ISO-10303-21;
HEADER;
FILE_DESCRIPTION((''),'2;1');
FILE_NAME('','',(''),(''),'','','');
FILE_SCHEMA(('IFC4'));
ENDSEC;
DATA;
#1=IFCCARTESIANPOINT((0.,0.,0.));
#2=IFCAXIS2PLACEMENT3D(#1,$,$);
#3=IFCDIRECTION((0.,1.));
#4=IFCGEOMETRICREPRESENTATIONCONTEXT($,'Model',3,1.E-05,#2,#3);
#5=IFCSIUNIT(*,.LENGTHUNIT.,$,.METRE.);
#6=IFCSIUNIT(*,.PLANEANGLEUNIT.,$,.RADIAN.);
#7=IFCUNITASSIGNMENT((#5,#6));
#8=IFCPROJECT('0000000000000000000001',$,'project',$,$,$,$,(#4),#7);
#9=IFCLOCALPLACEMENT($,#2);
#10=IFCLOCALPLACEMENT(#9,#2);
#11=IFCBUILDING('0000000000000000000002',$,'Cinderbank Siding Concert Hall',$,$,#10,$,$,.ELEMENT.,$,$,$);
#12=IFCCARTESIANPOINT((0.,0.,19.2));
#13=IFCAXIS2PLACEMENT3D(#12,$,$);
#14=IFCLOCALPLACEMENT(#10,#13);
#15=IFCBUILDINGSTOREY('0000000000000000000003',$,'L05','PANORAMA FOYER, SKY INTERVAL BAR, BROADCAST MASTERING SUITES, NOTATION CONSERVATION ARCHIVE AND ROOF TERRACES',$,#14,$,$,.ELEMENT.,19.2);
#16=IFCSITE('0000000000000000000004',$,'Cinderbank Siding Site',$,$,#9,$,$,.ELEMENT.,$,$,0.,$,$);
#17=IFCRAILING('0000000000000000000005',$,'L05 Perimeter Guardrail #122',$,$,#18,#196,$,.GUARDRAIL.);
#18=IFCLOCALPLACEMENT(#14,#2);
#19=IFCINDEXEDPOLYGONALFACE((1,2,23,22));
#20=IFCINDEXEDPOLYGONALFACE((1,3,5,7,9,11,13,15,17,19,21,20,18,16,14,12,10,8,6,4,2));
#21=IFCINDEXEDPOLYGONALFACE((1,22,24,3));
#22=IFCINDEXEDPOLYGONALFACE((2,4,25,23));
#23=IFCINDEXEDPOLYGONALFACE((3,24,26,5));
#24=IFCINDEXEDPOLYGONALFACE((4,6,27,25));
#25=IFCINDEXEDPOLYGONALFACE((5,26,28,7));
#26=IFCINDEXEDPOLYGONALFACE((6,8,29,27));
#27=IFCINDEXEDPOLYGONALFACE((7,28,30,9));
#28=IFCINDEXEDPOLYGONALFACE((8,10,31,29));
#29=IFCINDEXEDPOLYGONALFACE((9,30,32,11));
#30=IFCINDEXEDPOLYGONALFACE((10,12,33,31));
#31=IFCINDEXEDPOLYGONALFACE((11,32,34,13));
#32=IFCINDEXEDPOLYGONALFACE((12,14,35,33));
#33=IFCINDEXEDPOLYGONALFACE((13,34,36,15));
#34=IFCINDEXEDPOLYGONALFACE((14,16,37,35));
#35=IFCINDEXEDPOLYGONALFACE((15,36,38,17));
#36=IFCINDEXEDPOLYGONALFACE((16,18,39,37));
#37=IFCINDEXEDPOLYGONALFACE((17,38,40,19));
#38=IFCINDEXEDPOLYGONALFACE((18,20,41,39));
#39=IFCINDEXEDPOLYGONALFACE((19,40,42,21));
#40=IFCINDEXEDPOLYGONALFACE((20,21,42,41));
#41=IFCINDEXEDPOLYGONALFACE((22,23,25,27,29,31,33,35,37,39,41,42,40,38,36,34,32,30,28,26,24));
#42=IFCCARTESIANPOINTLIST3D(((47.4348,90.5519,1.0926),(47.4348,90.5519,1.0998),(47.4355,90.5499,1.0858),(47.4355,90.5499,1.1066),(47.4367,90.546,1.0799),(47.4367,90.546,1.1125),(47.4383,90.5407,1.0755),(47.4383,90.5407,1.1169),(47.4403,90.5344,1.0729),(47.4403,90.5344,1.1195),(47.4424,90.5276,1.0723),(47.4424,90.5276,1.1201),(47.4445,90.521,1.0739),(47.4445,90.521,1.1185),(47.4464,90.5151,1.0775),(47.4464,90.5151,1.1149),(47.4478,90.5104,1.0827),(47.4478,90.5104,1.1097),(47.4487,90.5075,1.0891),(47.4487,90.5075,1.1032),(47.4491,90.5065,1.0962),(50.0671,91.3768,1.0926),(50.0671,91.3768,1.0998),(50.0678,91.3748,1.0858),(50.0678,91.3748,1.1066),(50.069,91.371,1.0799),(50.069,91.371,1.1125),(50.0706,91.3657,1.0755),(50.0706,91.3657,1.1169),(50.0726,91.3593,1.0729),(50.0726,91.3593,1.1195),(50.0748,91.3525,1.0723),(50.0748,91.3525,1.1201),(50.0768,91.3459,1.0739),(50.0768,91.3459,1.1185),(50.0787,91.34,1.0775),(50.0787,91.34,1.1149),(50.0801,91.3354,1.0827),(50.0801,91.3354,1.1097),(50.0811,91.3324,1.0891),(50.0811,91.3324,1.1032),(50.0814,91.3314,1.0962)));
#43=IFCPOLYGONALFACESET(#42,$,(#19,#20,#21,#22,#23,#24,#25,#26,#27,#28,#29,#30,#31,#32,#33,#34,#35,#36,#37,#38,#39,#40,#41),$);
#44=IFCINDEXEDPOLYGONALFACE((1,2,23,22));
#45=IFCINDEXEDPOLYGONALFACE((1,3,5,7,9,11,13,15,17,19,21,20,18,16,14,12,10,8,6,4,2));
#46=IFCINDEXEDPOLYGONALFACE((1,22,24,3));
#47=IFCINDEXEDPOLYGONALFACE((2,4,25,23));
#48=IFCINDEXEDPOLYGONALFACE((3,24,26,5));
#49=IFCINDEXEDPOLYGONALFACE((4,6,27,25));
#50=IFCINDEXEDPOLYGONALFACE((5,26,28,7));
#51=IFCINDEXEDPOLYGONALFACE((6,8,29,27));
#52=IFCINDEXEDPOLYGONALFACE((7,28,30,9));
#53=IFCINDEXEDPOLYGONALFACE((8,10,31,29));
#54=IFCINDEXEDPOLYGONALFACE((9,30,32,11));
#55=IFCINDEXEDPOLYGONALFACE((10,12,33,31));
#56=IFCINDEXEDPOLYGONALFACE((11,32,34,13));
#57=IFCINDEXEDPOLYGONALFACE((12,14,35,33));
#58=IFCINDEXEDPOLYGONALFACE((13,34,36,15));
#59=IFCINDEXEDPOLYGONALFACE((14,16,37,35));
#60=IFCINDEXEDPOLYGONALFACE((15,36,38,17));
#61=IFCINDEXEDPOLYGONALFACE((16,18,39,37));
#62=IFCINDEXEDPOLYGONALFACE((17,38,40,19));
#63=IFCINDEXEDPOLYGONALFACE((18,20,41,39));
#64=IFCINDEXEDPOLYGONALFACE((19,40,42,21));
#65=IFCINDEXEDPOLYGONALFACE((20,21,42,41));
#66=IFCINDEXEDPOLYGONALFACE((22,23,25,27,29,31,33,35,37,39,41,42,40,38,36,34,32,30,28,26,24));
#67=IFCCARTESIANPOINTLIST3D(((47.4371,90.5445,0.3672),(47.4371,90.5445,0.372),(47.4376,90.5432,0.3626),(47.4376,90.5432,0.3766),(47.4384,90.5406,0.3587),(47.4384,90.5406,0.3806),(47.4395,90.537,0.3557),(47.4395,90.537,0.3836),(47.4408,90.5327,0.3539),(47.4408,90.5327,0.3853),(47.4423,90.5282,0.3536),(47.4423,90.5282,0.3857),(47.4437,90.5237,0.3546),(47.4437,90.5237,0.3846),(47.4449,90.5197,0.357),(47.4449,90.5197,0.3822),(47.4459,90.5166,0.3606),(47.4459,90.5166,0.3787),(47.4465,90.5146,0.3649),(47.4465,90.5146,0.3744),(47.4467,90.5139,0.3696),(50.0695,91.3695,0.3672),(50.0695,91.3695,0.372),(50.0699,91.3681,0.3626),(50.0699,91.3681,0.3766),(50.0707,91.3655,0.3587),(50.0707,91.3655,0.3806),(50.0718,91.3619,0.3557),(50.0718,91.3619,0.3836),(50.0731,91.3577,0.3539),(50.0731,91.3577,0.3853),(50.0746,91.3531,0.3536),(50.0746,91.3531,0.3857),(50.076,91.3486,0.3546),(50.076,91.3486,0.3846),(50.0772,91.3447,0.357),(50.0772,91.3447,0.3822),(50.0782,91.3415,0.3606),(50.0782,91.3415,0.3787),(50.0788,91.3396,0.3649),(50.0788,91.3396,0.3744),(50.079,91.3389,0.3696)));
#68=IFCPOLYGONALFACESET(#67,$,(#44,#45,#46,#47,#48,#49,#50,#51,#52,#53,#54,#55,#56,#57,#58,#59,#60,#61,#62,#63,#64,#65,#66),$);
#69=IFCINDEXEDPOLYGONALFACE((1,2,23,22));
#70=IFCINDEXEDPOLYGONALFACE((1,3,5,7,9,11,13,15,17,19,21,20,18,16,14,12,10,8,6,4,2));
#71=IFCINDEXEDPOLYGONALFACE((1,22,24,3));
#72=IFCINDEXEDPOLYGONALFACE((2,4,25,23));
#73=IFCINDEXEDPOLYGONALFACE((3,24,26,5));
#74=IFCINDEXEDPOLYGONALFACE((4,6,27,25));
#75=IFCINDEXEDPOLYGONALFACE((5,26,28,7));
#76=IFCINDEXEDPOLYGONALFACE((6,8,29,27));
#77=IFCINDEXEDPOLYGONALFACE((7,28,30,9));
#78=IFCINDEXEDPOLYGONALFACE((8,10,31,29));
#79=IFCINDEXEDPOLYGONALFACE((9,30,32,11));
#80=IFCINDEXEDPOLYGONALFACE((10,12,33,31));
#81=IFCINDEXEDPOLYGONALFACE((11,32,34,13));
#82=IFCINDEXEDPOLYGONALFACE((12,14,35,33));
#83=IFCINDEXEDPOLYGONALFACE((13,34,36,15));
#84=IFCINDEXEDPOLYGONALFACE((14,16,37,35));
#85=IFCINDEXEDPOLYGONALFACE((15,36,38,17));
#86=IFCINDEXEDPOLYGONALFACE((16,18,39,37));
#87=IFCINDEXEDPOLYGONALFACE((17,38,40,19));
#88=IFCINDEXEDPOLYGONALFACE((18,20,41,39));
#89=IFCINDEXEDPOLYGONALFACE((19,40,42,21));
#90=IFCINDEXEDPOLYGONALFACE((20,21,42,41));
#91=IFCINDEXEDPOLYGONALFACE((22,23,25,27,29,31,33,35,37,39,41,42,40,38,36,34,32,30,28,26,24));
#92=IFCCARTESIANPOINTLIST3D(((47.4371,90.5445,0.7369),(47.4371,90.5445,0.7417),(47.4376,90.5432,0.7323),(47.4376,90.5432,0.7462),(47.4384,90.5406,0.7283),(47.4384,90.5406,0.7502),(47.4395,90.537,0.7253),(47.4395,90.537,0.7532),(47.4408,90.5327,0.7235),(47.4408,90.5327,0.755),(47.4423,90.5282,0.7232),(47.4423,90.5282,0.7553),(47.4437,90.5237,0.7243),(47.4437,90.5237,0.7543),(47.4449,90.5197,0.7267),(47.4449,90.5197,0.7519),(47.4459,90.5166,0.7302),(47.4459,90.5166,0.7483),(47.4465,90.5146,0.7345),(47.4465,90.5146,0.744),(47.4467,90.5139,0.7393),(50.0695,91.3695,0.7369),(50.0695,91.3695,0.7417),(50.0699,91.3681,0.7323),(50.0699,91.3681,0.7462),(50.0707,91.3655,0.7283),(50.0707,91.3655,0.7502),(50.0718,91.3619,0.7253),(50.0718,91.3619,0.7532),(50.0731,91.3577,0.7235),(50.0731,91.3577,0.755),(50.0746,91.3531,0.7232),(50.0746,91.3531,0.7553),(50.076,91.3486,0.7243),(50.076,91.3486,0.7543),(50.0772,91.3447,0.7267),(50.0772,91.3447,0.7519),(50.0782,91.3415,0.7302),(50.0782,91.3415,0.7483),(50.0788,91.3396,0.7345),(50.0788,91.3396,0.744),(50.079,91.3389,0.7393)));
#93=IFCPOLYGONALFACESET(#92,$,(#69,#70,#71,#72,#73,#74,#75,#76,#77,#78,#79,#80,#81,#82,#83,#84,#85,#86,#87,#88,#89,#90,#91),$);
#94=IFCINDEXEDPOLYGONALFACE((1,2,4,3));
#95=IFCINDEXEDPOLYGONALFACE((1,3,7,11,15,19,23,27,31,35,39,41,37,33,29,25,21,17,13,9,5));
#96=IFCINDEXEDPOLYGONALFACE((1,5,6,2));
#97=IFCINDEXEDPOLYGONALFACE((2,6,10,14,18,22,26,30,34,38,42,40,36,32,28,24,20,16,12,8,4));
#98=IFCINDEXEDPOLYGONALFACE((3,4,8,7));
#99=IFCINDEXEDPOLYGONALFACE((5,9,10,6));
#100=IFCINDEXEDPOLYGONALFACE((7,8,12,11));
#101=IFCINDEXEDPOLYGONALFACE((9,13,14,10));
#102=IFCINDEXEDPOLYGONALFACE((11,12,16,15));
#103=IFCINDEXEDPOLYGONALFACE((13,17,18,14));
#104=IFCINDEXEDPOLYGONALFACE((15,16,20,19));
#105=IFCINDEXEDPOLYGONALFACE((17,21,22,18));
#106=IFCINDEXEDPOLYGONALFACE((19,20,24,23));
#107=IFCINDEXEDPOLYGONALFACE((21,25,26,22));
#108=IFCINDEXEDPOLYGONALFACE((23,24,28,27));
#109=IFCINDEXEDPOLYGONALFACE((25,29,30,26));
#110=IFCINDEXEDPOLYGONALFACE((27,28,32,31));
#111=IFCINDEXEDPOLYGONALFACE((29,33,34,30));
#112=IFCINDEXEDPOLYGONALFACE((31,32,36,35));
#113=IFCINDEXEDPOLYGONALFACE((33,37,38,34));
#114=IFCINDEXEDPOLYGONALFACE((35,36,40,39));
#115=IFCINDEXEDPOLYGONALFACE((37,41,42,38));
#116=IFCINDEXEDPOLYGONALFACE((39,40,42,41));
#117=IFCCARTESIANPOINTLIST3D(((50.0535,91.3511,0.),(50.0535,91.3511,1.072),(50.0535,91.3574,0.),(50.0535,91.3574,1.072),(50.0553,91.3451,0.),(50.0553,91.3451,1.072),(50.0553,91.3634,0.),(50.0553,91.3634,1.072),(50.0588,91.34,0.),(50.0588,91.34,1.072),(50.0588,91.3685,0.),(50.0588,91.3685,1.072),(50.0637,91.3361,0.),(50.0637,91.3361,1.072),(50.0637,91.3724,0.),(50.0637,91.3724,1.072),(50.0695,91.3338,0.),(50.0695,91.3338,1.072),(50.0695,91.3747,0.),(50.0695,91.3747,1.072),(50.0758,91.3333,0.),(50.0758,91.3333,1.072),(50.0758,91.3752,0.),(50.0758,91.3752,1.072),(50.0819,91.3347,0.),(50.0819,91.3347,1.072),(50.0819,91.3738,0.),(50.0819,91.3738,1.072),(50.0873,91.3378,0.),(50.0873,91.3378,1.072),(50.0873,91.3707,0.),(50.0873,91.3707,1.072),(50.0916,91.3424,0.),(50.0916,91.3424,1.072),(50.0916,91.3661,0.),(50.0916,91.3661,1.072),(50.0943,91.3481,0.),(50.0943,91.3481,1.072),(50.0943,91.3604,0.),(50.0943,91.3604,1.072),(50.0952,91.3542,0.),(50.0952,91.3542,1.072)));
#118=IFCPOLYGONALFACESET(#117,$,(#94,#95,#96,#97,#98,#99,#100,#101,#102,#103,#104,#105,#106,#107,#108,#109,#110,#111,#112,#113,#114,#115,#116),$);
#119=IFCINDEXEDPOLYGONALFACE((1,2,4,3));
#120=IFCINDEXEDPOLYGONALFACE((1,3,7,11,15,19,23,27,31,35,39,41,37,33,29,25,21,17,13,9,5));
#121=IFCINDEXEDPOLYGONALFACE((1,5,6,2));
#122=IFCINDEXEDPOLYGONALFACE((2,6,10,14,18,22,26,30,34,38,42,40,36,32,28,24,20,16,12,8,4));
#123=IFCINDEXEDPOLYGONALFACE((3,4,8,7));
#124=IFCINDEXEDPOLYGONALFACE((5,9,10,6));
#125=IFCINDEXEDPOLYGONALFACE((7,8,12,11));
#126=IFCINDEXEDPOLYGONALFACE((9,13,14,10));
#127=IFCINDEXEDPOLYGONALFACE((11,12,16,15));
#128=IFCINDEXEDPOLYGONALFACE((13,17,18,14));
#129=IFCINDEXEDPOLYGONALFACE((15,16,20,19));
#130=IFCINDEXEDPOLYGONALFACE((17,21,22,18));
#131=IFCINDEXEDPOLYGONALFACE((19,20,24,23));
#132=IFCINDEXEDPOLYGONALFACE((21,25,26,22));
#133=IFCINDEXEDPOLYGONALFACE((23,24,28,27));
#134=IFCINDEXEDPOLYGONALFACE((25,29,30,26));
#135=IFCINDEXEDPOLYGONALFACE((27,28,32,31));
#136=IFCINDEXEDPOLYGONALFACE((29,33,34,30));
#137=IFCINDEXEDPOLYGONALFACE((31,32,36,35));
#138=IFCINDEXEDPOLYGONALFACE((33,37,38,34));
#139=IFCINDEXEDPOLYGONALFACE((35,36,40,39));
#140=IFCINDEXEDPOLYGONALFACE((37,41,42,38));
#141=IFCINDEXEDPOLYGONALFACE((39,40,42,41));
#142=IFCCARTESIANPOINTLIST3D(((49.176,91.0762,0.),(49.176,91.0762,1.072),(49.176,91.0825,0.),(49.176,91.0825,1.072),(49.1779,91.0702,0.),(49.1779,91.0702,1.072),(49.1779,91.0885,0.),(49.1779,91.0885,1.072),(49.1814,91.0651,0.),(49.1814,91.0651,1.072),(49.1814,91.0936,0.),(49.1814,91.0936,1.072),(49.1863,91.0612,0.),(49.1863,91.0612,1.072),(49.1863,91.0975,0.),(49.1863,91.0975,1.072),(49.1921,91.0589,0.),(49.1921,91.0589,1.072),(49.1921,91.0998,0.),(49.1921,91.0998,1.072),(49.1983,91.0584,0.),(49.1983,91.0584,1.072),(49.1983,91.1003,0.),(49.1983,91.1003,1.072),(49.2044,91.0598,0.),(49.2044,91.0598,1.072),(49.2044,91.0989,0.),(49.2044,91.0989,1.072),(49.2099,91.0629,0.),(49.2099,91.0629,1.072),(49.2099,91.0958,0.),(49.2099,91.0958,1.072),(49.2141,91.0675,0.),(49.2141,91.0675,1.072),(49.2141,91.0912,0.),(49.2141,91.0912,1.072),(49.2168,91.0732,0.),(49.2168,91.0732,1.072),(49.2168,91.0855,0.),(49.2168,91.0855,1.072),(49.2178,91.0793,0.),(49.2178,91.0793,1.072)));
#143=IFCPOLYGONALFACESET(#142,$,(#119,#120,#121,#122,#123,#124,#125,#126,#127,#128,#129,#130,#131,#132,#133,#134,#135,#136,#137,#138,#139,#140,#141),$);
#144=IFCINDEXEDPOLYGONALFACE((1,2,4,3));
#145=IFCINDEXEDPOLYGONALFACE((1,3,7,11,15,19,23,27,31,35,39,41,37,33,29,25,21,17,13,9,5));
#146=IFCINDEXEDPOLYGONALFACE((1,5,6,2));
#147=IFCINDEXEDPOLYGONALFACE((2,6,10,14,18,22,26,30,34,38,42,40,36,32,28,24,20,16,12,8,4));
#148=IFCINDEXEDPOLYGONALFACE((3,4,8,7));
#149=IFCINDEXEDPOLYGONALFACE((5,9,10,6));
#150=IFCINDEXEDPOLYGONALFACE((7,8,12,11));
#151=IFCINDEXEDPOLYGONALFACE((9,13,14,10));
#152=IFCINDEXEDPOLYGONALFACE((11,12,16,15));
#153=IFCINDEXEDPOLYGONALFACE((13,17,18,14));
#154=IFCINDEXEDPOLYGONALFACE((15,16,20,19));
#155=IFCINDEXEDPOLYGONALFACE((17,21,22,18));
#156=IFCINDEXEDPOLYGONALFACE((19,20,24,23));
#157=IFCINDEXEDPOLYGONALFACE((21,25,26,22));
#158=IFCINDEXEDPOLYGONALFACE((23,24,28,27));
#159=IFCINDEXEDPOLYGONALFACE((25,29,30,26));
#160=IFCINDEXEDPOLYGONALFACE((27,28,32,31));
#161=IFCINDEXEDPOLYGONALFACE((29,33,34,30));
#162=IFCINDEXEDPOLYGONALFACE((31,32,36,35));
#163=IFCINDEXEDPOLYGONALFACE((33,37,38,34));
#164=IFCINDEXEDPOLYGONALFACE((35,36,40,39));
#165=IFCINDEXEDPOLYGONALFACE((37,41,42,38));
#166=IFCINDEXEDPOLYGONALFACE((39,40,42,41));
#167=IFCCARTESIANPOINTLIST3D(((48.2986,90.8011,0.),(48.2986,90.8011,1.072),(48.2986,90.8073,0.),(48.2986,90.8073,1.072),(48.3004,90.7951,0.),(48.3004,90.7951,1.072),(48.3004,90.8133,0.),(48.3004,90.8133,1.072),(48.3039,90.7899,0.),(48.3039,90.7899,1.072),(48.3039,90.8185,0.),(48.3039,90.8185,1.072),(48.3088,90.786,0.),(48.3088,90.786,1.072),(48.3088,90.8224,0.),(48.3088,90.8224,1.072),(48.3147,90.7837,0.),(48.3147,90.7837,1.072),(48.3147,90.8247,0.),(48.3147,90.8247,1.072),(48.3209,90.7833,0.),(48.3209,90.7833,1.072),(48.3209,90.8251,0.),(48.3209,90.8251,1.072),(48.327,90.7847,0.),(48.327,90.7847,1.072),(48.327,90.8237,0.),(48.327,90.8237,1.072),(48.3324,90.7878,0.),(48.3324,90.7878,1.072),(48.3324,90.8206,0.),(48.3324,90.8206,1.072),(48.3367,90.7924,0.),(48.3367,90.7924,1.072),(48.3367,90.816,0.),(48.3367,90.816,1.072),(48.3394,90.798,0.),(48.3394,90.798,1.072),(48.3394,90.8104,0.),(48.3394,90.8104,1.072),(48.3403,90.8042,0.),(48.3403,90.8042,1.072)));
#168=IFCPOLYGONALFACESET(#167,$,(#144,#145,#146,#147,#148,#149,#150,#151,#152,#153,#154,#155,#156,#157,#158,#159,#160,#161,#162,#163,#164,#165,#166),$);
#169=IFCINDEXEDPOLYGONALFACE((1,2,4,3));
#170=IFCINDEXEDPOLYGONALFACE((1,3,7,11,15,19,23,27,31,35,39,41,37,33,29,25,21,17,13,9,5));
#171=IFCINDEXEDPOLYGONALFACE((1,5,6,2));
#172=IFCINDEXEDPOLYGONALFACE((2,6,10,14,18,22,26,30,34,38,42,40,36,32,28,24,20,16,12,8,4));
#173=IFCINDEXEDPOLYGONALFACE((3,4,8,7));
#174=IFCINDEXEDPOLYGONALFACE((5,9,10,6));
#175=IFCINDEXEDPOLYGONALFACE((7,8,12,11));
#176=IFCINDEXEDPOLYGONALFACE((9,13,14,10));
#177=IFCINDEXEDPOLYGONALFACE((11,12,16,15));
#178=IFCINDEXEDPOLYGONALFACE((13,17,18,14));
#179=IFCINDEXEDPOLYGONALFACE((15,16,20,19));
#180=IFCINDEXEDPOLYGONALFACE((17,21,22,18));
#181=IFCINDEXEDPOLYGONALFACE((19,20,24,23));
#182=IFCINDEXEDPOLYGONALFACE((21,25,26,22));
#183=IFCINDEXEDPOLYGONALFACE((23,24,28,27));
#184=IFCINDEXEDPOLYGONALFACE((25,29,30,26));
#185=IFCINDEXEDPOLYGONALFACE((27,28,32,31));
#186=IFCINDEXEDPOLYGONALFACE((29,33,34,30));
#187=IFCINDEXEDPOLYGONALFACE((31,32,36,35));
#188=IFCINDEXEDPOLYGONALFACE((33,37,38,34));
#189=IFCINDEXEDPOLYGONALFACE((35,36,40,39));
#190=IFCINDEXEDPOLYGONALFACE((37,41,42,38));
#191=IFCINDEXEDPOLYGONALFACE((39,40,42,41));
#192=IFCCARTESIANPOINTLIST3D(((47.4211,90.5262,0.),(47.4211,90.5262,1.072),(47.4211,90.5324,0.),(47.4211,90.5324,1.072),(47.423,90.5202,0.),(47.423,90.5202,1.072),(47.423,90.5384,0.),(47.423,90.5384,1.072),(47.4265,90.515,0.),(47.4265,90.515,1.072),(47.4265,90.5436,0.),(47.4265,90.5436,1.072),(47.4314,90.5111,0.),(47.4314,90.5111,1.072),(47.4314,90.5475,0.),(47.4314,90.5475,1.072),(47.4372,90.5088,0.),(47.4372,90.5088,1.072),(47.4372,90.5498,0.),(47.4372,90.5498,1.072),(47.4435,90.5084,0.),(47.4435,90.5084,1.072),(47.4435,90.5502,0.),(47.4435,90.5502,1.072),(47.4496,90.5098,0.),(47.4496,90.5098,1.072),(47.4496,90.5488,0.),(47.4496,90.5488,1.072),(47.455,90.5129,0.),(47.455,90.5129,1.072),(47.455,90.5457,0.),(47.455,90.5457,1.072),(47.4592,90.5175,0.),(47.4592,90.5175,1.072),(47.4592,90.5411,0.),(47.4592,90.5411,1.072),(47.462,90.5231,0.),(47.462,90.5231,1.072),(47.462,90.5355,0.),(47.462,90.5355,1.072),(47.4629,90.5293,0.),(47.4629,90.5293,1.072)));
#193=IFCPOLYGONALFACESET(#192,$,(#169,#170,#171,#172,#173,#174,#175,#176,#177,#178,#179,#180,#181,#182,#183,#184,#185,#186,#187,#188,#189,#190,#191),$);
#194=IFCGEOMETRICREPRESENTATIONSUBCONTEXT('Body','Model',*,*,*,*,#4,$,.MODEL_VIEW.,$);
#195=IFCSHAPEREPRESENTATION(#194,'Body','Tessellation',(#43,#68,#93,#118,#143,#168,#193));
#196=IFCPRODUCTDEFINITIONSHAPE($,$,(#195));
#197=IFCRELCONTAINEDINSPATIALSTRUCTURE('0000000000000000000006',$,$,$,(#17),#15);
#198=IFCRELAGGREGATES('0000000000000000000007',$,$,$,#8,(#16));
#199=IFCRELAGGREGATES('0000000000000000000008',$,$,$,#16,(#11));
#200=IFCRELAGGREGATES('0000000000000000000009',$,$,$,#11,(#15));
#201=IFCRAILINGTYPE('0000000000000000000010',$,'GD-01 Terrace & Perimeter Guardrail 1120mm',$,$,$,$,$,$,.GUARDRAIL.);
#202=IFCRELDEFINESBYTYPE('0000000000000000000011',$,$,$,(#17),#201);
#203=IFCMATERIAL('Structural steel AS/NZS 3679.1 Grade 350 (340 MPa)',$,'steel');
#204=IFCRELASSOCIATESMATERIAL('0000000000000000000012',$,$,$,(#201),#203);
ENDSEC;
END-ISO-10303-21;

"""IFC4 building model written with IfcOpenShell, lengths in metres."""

from ifc_helpers import new_model, si_unit, direction, frame, origin, origin_2d, place, context, subcontext, project, spatial, circle, extrude, material, type_object, element, save


model = new_model("IFC4")

# Units and contexts
model_context = context("Model", 3, precision=1e-05, world=origin(), true_north=direction((0.0, 1.0)))
body_context = subcontext(model_context, "Body", "Model", "MODEL_VIEW")
ifc_project = project(units=[si_unit("LENGTHUNIT", "METRE"), si_unit("PLANEANGLEUNIT", "RADIAN")], contexts=[model_context])

# Site, building, storey
site_placement = place(None, origin())
site = spatial("IfcSite", under=ifc_project, at=site_placement, Name="Cinderbank Siding Site", CompositionType="ELEMENT", RefElevation=0.0)
building_placement = place(site_placement, origin())
building = spatial("IfcBuilding", under=site, at=building_placement, Name="Cinderbank Siding Concert Hall", CompositionType="ELEMENT")
storey_placement = place(building_placement, frame((0.0, 0.0, 19.2)))
storey = spatial("IfcBuildingStorey", under=building, at=storey_placement, Name="L05", Description="PANORAMA FOYER, SKY INTERVAL BAR, BROADCAST MASTERING SUITES, NOTATION CONSERVATION ARCHIVE AND ROOF TERRACES", CompositionType="ELEMENT", Elevation=19.2)

# Railing
ifc_material_1 = material(Name="Structural steel AS/NZS 3679.1 Grade 350 (340 MPa)", Category="steel")
railing_type = type_object("IfcRailingType", Name="GD-01 Terrace & Perimeter Guardrail 1120mm", PredefinedType="GUARDRAIL", material=ifc_material_1)
railing_1_placement = place(storey_placement, frame((50.0742, 91.3542, 0.0)))
element("IfcRailing", 1, at=railing_1_placement, inside=storey, type_object=railing_type, Name="L05 Perimeter Guardrail #122", PredefinedType="GUARDRAIL", context=body_context, shape_type="SweptSolid", body=[
    extrude(circle(Radius=0.0239, at=origin_2d()), frame((0.0, 0.0, 1.0962), z_axis=(-0.954237, -0.299051, 0.0), x_axis=(0.299051, -0.954237, 0.0)), (0.0, 0.0, 1.0), 2.7585),
    extrude(circle(Radius=0.0161, at=origin_2d()), frame((0.0, 0.0, 0.3696), z_axis=(-0.954237, -0.299051, 0.0), x_axis=(0.299051, -0.954237, 0.0)), (0.0, 0.0, 1.0), 2.7585),
    extrude(circle(Radius=0.0161, at=origin_2d()), frame((0.0, 0.0, 0.7393), z_axis=(-0.954237, -0.299051, 0.0), x_axis=(0.299051, -0.954237, 0.0)), (0.0, 0.0, 1.0), 2.7585),
    extrude(circle(Radius=0.021, at=origin_2d()), origin(), (0.0, 0.0, 1.0), 1.072),
    extrude(circle(Radius=0.021, at=origin_2d()), frame((-0.8774, -0.2749, 0.0)), (0.0, 0.0, 1.0), 1.072),
    extrude(circle(Radius=0.021, at=origin_2d()), frame((-1.7549, -0.55, 0.0)), (0.0, 0.0, 1.0), 1.072),
    extrude(circle(Radius=0.021, at=origin_2d()), frame((-2.6323, -0.825, 0.0)), (0.0, 0.0, 1.0), 1.072),
])

save(model, "model.ifc")
